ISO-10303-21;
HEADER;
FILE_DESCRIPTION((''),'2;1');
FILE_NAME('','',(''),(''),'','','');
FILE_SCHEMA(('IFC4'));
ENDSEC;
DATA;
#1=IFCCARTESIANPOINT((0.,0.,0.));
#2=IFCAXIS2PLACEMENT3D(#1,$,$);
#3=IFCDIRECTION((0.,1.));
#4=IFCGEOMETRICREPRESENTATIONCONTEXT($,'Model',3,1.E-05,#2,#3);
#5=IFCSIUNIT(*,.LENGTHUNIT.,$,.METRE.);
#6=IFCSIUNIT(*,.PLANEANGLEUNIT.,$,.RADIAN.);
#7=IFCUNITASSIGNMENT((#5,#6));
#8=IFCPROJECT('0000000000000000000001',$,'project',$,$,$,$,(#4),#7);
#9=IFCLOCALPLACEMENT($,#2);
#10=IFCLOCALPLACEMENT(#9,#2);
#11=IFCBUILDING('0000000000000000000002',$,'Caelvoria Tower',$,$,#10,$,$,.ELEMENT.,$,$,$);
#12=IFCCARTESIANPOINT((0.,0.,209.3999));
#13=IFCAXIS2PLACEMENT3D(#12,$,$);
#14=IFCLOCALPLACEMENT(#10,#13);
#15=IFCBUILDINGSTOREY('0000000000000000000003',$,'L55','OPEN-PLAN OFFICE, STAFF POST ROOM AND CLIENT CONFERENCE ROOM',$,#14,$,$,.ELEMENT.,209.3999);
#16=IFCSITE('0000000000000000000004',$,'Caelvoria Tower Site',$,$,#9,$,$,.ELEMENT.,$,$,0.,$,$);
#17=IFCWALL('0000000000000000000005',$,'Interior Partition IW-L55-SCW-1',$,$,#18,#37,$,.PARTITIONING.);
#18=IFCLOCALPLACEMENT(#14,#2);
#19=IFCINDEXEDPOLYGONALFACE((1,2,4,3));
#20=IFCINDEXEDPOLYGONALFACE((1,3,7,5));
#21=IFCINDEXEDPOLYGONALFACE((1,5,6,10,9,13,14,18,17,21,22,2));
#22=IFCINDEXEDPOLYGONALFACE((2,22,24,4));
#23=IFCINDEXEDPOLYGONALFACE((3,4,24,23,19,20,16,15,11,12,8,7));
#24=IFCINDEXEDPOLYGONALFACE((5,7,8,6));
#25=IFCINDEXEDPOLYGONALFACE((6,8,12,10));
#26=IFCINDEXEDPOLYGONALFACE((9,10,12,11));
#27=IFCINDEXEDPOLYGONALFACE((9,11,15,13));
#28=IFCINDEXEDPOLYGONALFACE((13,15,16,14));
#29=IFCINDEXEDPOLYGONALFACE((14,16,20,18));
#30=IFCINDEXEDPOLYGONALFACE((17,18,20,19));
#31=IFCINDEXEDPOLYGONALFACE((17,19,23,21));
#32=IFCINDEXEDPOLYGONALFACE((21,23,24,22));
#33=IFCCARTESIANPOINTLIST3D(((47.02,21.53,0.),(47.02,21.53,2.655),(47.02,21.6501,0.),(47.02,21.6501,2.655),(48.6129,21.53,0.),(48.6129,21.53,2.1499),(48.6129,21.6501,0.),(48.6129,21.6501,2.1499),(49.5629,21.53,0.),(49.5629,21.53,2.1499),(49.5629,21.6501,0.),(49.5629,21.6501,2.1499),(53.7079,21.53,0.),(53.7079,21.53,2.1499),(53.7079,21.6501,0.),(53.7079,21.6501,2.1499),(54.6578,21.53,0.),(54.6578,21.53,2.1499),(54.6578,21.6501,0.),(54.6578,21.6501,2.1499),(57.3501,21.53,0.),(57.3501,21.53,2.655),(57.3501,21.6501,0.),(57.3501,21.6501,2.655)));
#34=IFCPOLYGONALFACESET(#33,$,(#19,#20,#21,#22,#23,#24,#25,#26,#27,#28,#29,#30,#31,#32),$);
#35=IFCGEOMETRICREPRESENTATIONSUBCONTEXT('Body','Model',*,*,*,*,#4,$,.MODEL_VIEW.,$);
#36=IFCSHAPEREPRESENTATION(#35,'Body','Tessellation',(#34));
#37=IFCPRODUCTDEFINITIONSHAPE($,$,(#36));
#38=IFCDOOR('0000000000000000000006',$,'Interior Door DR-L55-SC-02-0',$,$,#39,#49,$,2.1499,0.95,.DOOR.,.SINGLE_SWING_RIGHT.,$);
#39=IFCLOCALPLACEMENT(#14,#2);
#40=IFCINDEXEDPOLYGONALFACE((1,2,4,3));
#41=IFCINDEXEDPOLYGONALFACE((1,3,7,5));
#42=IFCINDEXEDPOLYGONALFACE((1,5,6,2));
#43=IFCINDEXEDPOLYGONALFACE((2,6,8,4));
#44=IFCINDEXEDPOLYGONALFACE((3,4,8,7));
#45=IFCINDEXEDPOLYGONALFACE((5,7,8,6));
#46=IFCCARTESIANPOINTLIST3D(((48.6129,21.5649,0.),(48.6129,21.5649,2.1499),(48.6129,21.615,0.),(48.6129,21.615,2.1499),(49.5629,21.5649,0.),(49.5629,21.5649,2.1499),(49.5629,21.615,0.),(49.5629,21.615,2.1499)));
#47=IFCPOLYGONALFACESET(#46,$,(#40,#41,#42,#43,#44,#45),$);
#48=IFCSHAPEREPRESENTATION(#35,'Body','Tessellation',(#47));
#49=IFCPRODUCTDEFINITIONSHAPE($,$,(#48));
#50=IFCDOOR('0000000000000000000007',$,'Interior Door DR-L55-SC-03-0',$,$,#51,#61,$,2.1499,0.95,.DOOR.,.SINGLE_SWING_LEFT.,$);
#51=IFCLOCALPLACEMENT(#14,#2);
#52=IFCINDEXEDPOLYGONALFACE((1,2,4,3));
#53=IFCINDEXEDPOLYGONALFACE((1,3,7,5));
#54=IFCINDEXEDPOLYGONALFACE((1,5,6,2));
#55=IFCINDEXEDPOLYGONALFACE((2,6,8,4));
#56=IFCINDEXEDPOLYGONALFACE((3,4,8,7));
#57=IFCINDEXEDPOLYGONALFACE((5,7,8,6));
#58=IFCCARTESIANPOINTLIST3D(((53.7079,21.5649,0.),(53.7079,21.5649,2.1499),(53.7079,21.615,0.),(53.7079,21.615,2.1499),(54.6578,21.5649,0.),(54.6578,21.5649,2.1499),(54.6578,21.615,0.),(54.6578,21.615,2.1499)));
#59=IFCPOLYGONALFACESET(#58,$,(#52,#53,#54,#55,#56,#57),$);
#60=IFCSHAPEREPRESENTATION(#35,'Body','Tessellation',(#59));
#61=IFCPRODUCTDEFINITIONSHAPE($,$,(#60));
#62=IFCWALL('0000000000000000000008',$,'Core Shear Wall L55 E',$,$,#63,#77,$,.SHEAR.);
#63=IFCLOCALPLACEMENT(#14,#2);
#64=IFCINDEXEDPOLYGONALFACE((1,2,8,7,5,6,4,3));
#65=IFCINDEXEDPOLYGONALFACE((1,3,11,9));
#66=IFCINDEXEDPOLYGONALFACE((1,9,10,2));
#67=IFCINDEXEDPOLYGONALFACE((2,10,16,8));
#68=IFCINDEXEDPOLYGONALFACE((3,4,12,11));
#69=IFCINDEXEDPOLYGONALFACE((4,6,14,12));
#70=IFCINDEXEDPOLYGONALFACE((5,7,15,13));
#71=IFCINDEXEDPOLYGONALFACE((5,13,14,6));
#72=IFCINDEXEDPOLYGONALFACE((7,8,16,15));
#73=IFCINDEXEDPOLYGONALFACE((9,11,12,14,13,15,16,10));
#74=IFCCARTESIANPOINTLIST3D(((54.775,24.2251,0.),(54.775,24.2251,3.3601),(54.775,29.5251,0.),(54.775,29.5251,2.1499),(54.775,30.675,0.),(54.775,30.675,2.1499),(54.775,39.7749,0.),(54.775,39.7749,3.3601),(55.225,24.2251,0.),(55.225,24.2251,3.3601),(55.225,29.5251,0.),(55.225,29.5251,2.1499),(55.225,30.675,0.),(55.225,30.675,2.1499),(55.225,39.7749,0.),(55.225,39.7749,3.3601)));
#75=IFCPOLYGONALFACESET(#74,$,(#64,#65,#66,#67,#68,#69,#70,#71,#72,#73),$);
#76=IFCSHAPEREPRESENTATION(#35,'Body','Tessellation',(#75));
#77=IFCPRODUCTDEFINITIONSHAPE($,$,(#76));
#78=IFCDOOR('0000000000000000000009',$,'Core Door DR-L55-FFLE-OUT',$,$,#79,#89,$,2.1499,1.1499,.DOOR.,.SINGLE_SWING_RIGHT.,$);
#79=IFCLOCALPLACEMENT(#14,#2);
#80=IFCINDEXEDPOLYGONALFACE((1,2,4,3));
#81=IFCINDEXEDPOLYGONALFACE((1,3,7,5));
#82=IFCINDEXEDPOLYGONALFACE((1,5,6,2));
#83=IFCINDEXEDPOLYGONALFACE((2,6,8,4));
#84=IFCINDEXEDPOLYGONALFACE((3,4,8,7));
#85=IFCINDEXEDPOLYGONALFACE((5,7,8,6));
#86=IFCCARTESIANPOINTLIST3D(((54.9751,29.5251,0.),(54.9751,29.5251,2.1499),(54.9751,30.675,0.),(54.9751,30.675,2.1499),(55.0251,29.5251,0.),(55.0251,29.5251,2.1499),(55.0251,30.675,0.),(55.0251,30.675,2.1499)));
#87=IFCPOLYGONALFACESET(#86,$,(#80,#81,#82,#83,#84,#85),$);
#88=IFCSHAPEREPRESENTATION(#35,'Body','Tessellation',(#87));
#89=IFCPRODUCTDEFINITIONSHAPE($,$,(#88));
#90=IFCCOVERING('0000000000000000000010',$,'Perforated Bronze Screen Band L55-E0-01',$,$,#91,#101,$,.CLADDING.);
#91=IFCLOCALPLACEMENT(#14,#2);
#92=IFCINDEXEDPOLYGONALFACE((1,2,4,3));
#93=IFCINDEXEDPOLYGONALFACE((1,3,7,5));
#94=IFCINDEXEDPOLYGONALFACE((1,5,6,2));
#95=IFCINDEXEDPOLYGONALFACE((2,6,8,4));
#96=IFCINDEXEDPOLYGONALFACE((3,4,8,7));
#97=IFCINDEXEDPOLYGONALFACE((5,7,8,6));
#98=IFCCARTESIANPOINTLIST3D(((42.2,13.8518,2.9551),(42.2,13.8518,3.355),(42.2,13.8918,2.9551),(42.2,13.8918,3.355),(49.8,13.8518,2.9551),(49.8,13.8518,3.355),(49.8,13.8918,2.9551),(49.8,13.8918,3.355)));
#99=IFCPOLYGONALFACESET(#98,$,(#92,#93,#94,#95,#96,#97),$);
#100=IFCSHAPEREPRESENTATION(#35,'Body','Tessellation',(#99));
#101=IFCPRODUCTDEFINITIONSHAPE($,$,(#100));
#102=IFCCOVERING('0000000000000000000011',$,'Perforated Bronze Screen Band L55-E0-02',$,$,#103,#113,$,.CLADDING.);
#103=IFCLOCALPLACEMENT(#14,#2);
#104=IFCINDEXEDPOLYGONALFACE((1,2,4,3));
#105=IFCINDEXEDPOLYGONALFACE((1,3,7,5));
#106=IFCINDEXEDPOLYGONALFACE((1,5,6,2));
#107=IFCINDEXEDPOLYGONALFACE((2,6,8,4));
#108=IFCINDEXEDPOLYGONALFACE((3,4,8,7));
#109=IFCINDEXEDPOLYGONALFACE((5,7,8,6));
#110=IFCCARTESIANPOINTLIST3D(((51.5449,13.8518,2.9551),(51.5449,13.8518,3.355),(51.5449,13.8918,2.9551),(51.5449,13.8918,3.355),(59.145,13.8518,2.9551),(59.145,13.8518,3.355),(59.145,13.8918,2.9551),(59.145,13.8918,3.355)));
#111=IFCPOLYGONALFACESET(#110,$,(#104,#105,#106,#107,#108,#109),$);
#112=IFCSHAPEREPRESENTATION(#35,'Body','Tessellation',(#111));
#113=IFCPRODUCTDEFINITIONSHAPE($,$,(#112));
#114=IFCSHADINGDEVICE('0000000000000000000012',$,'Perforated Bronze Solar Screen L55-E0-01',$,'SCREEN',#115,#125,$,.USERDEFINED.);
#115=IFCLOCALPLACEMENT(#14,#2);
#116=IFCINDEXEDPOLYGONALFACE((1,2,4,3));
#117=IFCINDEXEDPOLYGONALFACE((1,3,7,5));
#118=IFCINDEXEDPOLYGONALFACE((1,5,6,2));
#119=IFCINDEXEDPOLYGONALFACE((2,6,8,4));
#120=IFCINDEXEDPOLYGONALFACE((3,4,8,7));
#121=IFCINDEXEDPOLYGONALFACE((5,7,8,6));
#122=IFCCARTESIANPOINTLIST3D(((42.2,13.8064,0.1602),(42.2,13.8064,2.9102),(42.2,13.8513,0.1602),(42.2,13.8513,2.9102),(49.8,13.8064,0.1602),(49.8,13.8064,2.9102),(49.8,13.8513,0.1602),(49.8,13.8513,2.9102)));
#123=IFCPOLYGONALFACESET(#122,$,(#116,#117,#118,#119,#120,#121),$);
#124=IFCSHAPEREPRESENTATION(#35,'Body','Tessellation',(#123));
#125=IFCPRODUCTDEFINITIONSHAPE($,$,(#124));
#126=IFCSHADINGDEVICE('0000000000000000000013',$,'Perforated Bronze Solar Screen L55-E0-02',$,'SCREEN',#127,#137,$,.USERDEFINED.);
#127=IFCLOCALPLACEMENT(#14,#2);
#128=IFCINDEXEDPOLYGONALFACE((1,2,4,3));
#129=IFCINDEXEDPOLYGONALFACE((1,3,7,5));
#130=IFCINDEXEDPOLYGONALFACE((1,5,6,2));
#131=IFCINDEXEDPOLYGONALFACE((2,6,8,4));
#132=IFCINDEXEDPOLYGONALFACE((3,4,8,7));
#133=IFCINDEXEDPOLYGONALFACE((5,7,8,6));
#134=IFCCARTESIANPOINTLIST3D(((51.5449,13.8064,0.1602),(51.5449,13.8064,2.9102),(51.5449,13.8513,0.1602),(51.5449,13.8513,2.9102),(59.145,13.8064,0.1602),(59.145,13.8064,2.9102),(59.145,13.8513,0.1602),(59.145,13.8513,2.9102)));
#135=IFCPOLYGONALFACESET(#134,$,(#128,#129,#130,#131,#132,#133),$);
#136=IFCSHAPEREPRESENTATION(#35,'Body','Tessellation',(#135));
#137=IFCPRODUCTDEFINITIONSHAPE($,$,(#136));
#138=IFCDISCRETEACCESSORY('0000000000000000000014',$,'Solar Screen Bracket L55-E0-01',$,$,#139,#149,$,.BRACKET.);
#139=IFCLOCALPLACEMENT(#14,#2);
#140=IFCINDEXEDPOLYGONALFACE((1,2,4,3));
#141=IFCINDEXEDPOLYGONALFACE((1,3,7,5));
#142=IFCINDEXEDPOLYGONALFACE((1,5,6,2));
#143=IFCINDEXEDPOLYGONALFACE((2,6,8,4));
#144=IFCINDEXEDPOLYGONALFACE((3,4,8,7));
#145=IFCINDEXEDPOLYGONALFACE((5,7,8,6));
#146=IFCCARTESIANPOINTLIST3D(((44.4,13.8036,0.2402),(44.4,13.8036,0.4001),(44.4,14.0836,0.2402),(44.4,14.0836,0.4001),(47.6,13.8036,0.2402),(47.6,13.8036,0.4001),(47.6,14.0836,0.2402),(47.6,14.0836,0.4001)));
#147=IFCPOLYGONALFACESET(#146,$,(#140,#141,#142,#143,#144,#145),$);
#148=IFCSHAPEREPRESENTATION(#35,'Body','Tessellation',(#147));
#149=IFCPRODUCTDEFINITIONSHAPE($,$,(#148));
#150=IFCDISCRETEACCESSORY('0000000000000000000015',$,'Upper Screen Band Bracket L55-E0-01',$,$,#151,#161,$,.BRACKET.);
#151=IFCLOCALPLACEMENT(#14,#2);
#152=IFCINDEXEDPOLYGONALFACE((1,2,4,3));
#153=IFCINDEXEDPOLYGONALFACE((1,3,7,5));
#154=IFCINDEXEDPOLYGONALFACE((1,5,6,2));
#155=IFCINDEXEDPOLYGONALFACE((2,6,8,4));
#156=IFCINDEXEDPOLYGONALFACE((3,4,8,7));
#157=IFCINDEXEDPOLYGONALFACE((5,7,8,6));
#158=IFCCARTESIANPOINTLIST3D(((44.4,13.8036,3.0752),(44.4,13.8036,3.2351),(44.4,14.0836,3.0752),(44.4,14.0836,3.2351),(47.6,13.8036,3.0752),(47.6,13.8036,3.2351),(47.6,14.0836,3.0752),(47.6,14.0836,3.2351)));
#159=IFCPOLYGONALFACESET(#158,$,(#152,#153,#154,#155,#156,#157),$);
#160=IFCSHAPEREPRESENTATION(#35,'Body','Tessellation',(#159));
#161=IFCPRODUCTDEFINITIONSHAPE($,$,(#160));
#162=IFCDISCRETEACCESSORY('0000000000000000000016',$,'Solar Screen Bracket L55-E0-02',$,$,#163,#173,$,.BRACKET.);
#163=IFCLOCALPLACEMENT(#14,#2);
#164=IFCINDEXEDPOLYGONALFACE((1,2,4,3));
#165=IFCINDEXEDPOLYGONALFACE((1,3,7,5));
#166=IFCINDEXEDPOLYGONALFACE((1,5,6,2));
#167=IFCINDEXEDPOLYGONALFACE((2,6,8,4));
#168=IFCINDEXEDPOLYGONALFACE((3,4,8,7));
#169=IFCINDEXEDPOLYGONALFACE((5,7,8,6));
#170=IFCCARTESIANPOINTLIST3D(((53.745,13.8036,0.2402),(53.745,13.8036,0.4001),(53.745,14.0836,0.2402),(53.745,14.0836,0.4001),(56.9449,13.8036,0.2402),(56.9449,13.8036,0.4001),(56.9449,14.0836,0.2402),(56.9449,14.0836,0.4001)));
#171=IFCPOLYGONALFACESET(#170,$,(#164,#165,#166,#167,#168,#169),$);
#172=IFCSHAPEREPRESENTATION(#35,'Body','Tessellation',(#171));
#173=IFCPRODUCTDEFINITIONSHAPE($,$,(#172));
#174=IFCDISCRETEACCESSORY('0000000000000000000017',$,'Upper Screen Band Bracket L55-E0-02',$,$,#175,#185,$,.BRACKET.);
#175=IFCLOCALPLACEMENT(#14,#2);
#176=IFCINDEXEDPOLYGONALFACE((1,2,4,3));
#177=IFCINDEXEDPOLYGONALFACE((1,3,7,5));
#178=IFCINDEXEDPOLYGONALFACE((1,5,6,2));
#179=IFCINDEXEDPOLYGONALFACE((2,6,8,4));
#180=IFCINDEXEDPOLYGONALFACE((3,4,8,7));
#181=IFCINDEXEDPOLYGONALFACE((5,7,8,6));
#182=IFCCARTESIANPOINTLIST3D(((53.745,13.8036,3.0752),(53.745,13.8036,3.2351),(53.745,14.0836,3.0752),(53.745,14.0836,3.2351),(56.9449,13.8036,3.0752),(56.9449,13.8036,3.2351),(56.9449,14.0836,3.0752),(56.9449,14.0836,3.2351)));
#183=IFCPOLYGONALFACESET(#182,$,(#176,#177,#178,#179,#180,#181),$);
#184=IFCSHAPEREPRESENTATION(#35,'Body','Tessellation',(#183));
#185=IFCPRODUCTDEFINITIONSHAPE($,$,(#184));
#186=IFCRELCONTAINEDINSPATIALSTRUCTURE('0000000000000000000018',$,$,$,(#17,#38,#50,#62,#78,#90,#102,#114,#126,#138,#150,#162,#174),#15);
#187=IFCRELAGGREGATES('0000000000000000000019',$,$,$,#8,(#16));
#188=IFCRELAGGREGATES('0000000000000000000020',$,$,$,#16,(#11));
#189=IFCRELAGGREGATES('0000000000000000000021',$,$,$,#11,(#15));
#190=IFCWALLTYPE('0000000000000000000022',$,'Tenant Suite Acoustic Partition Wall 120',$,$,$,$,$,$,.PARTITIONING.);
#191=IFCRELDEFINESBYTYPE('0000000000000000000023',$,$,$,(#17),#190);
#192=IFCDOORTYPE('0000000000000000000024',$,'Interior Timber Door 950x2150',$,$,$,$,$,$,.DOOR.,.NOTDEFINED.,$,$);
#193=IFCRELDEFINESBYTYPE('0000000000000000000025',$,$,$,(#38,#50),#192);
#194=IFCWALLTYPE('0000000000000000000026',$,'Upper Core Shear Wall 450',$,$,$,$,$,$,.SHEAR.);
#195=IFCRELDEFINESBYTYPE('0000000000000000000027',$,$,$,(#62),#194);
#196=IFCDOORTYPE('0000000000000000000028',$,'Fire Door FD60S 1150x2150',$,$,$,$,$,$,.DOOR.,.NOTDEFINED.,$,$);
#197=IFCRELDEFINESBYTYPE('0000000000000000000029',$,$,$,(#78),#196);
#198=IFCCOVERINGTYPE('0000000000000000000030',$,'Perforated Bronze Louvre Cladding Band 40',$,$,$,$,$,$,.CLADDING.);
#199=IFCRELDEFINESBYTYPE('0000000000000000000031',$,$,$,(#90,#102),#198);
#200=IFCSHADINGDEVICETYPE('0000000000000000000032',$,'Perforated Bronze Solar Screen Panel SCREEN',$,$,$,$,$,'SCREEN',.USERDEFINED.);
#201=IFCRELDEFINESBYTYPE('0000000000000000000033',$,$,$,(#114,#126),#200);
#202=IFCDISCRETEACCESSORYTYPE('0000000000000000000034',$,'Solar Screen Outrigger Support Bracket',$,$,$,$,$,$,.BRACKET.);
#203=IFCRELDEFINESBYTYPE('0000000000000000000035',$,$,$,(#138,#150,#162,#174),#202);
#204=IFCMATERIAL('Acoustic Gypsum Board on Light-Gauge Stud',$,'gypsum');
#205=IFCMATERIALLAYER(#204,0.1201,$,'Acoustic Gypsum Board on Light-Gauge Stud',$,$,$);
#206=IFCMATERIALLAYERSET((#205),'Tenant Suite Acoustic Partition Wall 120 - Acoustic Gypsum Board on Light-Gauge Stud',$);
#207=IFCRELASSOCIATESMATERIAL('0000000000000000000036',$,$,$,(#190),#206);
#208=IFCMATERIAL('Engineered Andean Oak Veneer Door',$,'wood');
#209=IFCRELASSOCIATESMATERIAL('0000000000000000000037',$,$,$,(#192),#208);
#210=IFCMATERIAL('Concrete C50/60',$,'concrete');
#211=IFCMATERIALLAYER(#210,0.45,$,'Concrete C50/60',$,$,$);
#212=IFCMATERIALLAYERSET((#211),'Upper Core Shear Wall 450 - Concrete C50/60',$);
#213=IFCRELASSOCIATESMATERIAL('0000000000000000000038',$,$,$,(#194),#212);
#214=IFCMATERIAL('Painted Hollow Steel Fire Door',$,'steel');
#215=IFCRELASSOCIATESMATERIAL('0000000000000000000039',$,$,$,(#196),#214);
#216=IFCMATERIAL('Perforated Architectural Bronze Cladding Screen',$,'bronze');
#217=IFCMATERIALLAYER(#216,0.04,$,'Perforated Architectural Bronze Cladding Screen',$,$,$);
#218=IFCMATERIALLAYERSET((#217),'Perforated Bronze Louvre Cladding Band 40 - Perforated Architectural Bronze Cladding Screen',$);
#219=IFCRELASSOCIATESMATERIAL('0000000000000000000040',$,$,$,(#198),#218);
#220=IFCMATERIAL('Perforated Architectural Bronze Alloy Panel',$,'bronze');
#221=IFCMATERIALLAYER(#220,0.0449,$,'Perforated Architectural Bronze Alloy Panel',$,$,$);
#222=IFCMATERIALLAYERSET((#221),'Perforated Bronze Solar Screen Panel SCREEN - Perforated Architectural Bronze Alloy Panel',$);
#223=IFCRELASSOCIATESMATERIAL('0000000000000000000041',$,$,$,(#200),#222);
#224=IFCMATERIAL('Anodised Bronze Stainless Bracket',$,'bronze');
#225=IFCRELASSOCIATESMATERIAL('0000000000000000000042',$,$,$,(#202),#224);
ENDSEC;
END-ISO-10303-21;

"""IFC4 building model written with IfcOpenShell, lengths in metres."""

from ifc_helpers import new_model, si_unit, direction, frame, frame_2d, origin, origin_2d, place, context, subcontext, project, spatial, rectangle, extrude, material, layer, layer_set, type_object, element, fill, save


model = new_model("IFC4")

# Units and contexts
model_context = context("Model", 3, precision=1e-05, world=origin(), true_north=direction((0.0, 1.0)))
body_context = subcontext(model_context, "Body", "Model", "MODEL_VIEW")
ifc_project = project(units=[si_unit("LENGTHUNIT", "METRE"), si_unit("PLANEANGLEUNIT", "RADIAN")], contexts=[model_context])

# Site, building, storey
site_placement = place(None, origin())
site = spatial("IfcSite", under=ifc_project, at=site_placement, Name="Caelvoria Tower Site", CompositionType="ELEMENT", RefElevation=0.0)
building_placement = place(site_placement, origin())
building = spatial("IfcBuilding", under=site, at=building_placement, Name="Caelvoria Tower", CompositionType="ELEMENT")
storey_placement = place(building_placement, frame((0.0, 0.0, 209.3999)))
storey = spatial("IfcBuildingStorey", under=building, at=storey_placement, Name="L55", Description="OPEN-PLAN OFFICE, STAFF POST ROOM AND CLIENT CONFERENCE ROOM", CompositionType="ELEMENT", Elevation=209.3999)

# Shared definitions
ifc_material_1 = material(Name="Concrete C50/60", Category="concrete")

# Shared definitions
ifc_material_2 = material(Name="Acoustic Gypsum Board on Light-Gauge Stud", Category="gypsum")
ifc_layer_1 = layer(ifc_material_2, 0.1201, Name="Acoustic Gypsum Board on Light-Gauge Stud")
ifc_layer_set_1 = layer_set([ifc_layer_1], Name="Tenant Suite Acoustic Partition Wall 120 - Acoustic Gypsum Board on Light-Gauge Stud")
wall_type_1 = type_object("IfcWallType", Name="Tenant Suite Acoustic Partition Wall 120", PredefinedType="PARTITIONING", material=ifc_layer_set_1)
ifc_material_3 = material(Name="Engineered Andean Oak Veneer Door", Category="wood")

# Wall, openings, doors
wall_1_placement = place(storey_placement, frame((47.02, 21.5901, 0.0), z_axis=(0.0, 0.0, 1.0), x_axis=(1.0, 0.0, 0.0)))
wall_1 = element("IfcWall", 1, at=wall_1_placement, inside=storey, type_object=wall_type_1, Name="Interior Partition IW-L55-SCW-1", PredefinedType="PARTITIONING", context=body_context, shape_type="SweptSolid", body=[
    extrude(rectangle(XDim=10.3301, YDim=0.1201, at=frame_2d((5.165, 0.0))), origin(), (0.0, 0.0, 1.0), 2.655),
])
opening_1_placement = place(wall_1_placement, frame((1.5928, 0.0, 0.0)))
opening_1 = element("IfcOpeningElement", 2, at=opening_1_placement, cuts=wall_1, PredefinedType="OPENING", context=body_context, shape_type="SweptSolid", body=[
    extrude(rectangle(XDim=0.95, YDim=2.1499, at=frame_2d((0.4751, 1.075))), frame((0.0, 0.0701, 0.0), z_axis=(0.0, -1.0, 0.0), x_axis=(1.0, 0.0, 0.0)), (0.0, 0.0, 1.0), 0.1401),
])
opening_2_placement = place(wall_1_placement, frame((6.6877, 0.0, 0.0)))
opening_2 = element("IfcOpeningElement", 3, at=opening_2_placement, cuts=wall_1, PredefinedType="OPENING", context=body_context, shape_type="SweptSolid", body=[
    extrude(rectangle(XDim=0.95, YDim=2.1499, at=frame_2d((0.4751, 1.075))), frame((0.0, 0.0701, 0.0), z_axis=(0.0, -1.0, 0.0), x_axis=(1.0, 0.0, 0.0)), (0.0, 0.0, 1.0), 0.1401),
])
door_type_1 = type_object("IfcDoorType", Name="Interior Timber Door 950x2150", OperationType="NOTDEFINED", PredefinedType="DOOR", material=ifc_material_3)
door_1_placement = place(opening_1_placement, origin())
door_1 = element("IfcDoor", 4, at=door_1_placement, inside=storey, type_object=door_type_1, Name="Interior Door DR-L55-SC-02-0", OperationType="SINGLE_SWING_RIGHT", OverallHeight=2.1499, OverallWidth=0.95, PredefinedType="DOOR", context=body_context, shape_type="SweptSolid", body=[
    extrude(rectangle(XDim=0.95, YDim=2.1499, at=frame_2d((0.4751, 1.075))), frame((0.0, 0.0249, 0.0), z_axis=(0.0, -1.0, 0.0), x_axis=(1.0, 0.0, 0.0)), (0.0, 0.0, 1.0), 0.05),
])
fill(opening_1, door_1)
door_2_placement = place(opening_2_placement, origin())
door_2 = element("IfcDoor", 5, at=door_2_placement, inside=storey, type_object=door_type_1, Name="Interior Door DR-L55-SC-03-0", OperationType="SINGLE_SWING_LEFT", OverallHeight=2.1499, OverallWidth=0.95, PredefinedType="DOOR", context=body_context, shape_type="SweptSolid", body=[
    extrude(rectangle(XDim=0.95, YDim=2.1499, at=frame_2d((0.4751, 1.075))), frame((0.0, 0.0249, 0.0), z_axis=(0.0, -1.0, 0.0), x_axis=(1.0, 0.0, 0.0)), (0.0, 0.0, 1.0), 0.05),
])
fill(opening_2, door_2)

# Wall, opening, door
ifc_layer_2 = layer(ifc_material_1, 0.45, Name="Concrete C50/60")
ifc_layer_set_2 = layer_set([ifc_layer_2], Name="Upper Core Shear Wall 450 - Concrete C50/60")
wall_type_2 = type_object("IfcWallType", Name="Upper Core Shear Wall 450", PredefinedType="SHEAR", material=ifc_layer_set_2)
wall_2_placement = place(storey_placement, frame((55.0, 24.2251, 0.0), z_axis=(0.0, 0.0, 1.0), x_axis=(0.0, 1.0, 0.0)))
wall_2 = element("IfcWall", 6, at=wall_2_placement, inside=storey, type_object=wall_type_2, Name="Core Shear Wall L55 E", PredefinedType="SHEAR", context=body_context, shape_type="SweptSolid", body=[
    extrude(rectangle(XDim=15.5498, YDim=0.45, at=frame_2d((7.7749, 0.0))), origin(), (0.0, 0.0, 1.0), 3.3601),
])
opening_3_placement = place(wall_2_placement, frame((5.3, 0.0, 0.0)))
opening_3 = element("IfcOpeningElement", 7, at=opening_3_placement, cuts=wall_2, PredefinedType="OPENING", context=body_context, shape_type="SweptSolid", body=[
    extrude(rectangle(XDim=1.1499, YDim=2.1499, at=frame_2d((0.575, 1.075))), frame((0.0, 0.2349, 0.0), z_axis=(0.0, -1.0, 0.0), x_axis=(1.0, 0.0, 0.0)), (0.0, 0.0, 1.0), 0.47),
])
ifc_material_4 = material(Name="Painted Hollow Steel Fire Door", Category="steel")
door_type_2 = type_object("IfcDoorType", Name="Fire Door FD60S 1150x2150", OperationType="NOTDEFINED", PredefinedType="DOOR", material=ifc_material_4)
door_3_placement = place(opening_3_placement, origin())
door_3 = element("IfcDoor", 8, at=door_3_placement, inside=storey, type_object=door_type_2, Name="Core Door DR-L55-FFLE-OUT", OperationType="SINGLE_SWING_RIGHT", OverallHeight=2.1499, OverallWidth=1.1499, PredefinedType="DOOR", context=body_context, shape_type="SweptSolid", body=[
    extrude(rectangle(XDim=1.1499, YDim=2.1499, at=frame_2d((0.575, 1.075))), frame((0.0, 0.0249, 0.0), z_axis=(0.0, -1.0, 0.0), x_axis=(1.0, 0.0, 0.0)), (0.0, 0.0, 1.0), 0.05),
])
fill(opening_3, door_3)

# Coverings
ifc_material_5 = material(Name="Perforated Architectural Bronze Cladding Screen", Category="bronze")
ifc_layer_3 = layer(ifc_material_5, 0.04, Name="Perforated Architectural Bronze Cladding Screen")
ifc_layer_set_3 = layer_set([ifc_layer_3], Name="Perforated Bronze Louvre Cladding Band 40 - Perforated Architectural Bronze Cladding Screen")
covering_type = type_object("IfcCoveringType", Name="Perforated Bronze Louvre Cladding Band 40", PredefinedType="CLADDING", material=ifc_layer_set_3)
for number, where, z_axis, x_axis, name in (
    (9, (46.0, 13.8718, 2.9551), (0.0, 0.0, 1.0), (1.0, 0.0, 0.0), "Perforated Bronze Screen Band L55-E0-01"),
    (10, (55.345, 13.8718, 2.9551), (0.0, 0.0, 1.0), (1.0, 0.0, 0.0), "Perforated Bronze Screen Band L55-E0-02"),
):
    element("IfcCovering", number, at=place(storey_placement, frame(where, z_axis=z_axis, x_axis=x_axis)), inside=storey, type_object=covering_type, Name=name, PredefinedType="CLADDING", context=body_context, shape_type="SweptSolid", body=[
        extrude(rectangle(XDim=7.6001, YDim=0.04, at=origin_2d()), origin(), (0.0, 0.0, 1.0), 0.3999),
    ])

# Shading devices
ifc_material_6 = material(Name="Perforated Architectural Bronze Alloy Panel", Category="bronze")
ifc_layer_4 = layer(ifc_material_6, 0.0449, Name="Perforated Architectural Bronze Alloy Panel")
ifc_layer_set_4 = layer_set([ifc_layer_4], Name="Perforated Bronze Solar Screen Panel SCREEN - Perforated Architectural Bronze Alloy Panel")
shading_device_type = type_object("IfcShadingDeviceType", Name="Perforated Bronze Solar Screen Panel SCREEN", ElementType="SCREEN", PredefinedType="USERDEFINED", material=ifc_layer_set_4)
for number, where, z_axis, x_axis, name in (
    (11, (46.0, 13.8289, 0.1602), (0.0, 0.0, 1.0), (1.0, 0.0, 0.0), "Perforated Bronze Solar Screen L55-E0-01"),
    (12, (55.345, 13.8289, 0.1602), (0.0, 0.0, 1.0), (1.0, 0.0, 0.0), "Perforated Bronze Solar Screen L55-E0-02"),
):
    element("IfcShadingDevice", number, at=place(storey_placement, frame(where, z_axis=z_axis, x_axis=x_axis)), inside=storey, type_object=shading_device_type, Name=name, ObjectType="SCREEN", PredefinedType="USERDEFINED", context=body_context, shape_type="SweptSolid", body=[
        extrude(rectangle(XDim=7.6001, YDim=0.0449, at=origin_2d()), origin(), (0.0, 0.0, 1.0), 2.75),
    ])

# Discrete accessories
ifc_material_7 = material(Name="Anodised Bronze Stainless Bracket", Category="bronze")
discrete_accessory_type = type_object("IfcDiscreteAccessoryType", Name="Solar Screen Outrigger Support Bracket", PredefinedType="BRACKET", material=ifc_material_7)
for number, where, z_axis, x_axis, name in (
    (13, (46.0, 13.9436, 0.2402), (0.0, 0.0, 1.0), (1.0, 0.0, 0.0), "Solar Screen Bracket L55-E0-01"),
    (14, (46.0, 13.9436, 3.0752), (0.0, 0.0, 1.0), (1.0, 0.0, 0.0), "Upper Screen Band Bracket L55-E0-01"),
    (15, (55.345, 13.9436, 0.2402), (0.0, 0.0, 1.0), (1.0, 0.0, 0.0), "Solar Screen Bracket L55-E0-02"),
    (16, (55.345, 13.9436, 3.0752), (0.0, 0.0, 1.0), (1.0, 0.0, 0.0), "Upper Screen Band Bracket L55-E0-02"),
):
    element("IfcDiscreteAccessory", number, at=place(storey_placement, frame(where, z_axis=z_axis, x_axis=x_axis)), inside=storey, type_object=discrete_accessory_type, Name=name, PredefinedType="BRACKET", context=body_context, shape_type="SweptSolid", body=[
        extrude(rectangle(XDim=3.2, YDim=0.28, at=origin_2d()), origin(), (0.0, 0.0, 1.0), 0.1599),
    ])

save(model, "model.ifc")
